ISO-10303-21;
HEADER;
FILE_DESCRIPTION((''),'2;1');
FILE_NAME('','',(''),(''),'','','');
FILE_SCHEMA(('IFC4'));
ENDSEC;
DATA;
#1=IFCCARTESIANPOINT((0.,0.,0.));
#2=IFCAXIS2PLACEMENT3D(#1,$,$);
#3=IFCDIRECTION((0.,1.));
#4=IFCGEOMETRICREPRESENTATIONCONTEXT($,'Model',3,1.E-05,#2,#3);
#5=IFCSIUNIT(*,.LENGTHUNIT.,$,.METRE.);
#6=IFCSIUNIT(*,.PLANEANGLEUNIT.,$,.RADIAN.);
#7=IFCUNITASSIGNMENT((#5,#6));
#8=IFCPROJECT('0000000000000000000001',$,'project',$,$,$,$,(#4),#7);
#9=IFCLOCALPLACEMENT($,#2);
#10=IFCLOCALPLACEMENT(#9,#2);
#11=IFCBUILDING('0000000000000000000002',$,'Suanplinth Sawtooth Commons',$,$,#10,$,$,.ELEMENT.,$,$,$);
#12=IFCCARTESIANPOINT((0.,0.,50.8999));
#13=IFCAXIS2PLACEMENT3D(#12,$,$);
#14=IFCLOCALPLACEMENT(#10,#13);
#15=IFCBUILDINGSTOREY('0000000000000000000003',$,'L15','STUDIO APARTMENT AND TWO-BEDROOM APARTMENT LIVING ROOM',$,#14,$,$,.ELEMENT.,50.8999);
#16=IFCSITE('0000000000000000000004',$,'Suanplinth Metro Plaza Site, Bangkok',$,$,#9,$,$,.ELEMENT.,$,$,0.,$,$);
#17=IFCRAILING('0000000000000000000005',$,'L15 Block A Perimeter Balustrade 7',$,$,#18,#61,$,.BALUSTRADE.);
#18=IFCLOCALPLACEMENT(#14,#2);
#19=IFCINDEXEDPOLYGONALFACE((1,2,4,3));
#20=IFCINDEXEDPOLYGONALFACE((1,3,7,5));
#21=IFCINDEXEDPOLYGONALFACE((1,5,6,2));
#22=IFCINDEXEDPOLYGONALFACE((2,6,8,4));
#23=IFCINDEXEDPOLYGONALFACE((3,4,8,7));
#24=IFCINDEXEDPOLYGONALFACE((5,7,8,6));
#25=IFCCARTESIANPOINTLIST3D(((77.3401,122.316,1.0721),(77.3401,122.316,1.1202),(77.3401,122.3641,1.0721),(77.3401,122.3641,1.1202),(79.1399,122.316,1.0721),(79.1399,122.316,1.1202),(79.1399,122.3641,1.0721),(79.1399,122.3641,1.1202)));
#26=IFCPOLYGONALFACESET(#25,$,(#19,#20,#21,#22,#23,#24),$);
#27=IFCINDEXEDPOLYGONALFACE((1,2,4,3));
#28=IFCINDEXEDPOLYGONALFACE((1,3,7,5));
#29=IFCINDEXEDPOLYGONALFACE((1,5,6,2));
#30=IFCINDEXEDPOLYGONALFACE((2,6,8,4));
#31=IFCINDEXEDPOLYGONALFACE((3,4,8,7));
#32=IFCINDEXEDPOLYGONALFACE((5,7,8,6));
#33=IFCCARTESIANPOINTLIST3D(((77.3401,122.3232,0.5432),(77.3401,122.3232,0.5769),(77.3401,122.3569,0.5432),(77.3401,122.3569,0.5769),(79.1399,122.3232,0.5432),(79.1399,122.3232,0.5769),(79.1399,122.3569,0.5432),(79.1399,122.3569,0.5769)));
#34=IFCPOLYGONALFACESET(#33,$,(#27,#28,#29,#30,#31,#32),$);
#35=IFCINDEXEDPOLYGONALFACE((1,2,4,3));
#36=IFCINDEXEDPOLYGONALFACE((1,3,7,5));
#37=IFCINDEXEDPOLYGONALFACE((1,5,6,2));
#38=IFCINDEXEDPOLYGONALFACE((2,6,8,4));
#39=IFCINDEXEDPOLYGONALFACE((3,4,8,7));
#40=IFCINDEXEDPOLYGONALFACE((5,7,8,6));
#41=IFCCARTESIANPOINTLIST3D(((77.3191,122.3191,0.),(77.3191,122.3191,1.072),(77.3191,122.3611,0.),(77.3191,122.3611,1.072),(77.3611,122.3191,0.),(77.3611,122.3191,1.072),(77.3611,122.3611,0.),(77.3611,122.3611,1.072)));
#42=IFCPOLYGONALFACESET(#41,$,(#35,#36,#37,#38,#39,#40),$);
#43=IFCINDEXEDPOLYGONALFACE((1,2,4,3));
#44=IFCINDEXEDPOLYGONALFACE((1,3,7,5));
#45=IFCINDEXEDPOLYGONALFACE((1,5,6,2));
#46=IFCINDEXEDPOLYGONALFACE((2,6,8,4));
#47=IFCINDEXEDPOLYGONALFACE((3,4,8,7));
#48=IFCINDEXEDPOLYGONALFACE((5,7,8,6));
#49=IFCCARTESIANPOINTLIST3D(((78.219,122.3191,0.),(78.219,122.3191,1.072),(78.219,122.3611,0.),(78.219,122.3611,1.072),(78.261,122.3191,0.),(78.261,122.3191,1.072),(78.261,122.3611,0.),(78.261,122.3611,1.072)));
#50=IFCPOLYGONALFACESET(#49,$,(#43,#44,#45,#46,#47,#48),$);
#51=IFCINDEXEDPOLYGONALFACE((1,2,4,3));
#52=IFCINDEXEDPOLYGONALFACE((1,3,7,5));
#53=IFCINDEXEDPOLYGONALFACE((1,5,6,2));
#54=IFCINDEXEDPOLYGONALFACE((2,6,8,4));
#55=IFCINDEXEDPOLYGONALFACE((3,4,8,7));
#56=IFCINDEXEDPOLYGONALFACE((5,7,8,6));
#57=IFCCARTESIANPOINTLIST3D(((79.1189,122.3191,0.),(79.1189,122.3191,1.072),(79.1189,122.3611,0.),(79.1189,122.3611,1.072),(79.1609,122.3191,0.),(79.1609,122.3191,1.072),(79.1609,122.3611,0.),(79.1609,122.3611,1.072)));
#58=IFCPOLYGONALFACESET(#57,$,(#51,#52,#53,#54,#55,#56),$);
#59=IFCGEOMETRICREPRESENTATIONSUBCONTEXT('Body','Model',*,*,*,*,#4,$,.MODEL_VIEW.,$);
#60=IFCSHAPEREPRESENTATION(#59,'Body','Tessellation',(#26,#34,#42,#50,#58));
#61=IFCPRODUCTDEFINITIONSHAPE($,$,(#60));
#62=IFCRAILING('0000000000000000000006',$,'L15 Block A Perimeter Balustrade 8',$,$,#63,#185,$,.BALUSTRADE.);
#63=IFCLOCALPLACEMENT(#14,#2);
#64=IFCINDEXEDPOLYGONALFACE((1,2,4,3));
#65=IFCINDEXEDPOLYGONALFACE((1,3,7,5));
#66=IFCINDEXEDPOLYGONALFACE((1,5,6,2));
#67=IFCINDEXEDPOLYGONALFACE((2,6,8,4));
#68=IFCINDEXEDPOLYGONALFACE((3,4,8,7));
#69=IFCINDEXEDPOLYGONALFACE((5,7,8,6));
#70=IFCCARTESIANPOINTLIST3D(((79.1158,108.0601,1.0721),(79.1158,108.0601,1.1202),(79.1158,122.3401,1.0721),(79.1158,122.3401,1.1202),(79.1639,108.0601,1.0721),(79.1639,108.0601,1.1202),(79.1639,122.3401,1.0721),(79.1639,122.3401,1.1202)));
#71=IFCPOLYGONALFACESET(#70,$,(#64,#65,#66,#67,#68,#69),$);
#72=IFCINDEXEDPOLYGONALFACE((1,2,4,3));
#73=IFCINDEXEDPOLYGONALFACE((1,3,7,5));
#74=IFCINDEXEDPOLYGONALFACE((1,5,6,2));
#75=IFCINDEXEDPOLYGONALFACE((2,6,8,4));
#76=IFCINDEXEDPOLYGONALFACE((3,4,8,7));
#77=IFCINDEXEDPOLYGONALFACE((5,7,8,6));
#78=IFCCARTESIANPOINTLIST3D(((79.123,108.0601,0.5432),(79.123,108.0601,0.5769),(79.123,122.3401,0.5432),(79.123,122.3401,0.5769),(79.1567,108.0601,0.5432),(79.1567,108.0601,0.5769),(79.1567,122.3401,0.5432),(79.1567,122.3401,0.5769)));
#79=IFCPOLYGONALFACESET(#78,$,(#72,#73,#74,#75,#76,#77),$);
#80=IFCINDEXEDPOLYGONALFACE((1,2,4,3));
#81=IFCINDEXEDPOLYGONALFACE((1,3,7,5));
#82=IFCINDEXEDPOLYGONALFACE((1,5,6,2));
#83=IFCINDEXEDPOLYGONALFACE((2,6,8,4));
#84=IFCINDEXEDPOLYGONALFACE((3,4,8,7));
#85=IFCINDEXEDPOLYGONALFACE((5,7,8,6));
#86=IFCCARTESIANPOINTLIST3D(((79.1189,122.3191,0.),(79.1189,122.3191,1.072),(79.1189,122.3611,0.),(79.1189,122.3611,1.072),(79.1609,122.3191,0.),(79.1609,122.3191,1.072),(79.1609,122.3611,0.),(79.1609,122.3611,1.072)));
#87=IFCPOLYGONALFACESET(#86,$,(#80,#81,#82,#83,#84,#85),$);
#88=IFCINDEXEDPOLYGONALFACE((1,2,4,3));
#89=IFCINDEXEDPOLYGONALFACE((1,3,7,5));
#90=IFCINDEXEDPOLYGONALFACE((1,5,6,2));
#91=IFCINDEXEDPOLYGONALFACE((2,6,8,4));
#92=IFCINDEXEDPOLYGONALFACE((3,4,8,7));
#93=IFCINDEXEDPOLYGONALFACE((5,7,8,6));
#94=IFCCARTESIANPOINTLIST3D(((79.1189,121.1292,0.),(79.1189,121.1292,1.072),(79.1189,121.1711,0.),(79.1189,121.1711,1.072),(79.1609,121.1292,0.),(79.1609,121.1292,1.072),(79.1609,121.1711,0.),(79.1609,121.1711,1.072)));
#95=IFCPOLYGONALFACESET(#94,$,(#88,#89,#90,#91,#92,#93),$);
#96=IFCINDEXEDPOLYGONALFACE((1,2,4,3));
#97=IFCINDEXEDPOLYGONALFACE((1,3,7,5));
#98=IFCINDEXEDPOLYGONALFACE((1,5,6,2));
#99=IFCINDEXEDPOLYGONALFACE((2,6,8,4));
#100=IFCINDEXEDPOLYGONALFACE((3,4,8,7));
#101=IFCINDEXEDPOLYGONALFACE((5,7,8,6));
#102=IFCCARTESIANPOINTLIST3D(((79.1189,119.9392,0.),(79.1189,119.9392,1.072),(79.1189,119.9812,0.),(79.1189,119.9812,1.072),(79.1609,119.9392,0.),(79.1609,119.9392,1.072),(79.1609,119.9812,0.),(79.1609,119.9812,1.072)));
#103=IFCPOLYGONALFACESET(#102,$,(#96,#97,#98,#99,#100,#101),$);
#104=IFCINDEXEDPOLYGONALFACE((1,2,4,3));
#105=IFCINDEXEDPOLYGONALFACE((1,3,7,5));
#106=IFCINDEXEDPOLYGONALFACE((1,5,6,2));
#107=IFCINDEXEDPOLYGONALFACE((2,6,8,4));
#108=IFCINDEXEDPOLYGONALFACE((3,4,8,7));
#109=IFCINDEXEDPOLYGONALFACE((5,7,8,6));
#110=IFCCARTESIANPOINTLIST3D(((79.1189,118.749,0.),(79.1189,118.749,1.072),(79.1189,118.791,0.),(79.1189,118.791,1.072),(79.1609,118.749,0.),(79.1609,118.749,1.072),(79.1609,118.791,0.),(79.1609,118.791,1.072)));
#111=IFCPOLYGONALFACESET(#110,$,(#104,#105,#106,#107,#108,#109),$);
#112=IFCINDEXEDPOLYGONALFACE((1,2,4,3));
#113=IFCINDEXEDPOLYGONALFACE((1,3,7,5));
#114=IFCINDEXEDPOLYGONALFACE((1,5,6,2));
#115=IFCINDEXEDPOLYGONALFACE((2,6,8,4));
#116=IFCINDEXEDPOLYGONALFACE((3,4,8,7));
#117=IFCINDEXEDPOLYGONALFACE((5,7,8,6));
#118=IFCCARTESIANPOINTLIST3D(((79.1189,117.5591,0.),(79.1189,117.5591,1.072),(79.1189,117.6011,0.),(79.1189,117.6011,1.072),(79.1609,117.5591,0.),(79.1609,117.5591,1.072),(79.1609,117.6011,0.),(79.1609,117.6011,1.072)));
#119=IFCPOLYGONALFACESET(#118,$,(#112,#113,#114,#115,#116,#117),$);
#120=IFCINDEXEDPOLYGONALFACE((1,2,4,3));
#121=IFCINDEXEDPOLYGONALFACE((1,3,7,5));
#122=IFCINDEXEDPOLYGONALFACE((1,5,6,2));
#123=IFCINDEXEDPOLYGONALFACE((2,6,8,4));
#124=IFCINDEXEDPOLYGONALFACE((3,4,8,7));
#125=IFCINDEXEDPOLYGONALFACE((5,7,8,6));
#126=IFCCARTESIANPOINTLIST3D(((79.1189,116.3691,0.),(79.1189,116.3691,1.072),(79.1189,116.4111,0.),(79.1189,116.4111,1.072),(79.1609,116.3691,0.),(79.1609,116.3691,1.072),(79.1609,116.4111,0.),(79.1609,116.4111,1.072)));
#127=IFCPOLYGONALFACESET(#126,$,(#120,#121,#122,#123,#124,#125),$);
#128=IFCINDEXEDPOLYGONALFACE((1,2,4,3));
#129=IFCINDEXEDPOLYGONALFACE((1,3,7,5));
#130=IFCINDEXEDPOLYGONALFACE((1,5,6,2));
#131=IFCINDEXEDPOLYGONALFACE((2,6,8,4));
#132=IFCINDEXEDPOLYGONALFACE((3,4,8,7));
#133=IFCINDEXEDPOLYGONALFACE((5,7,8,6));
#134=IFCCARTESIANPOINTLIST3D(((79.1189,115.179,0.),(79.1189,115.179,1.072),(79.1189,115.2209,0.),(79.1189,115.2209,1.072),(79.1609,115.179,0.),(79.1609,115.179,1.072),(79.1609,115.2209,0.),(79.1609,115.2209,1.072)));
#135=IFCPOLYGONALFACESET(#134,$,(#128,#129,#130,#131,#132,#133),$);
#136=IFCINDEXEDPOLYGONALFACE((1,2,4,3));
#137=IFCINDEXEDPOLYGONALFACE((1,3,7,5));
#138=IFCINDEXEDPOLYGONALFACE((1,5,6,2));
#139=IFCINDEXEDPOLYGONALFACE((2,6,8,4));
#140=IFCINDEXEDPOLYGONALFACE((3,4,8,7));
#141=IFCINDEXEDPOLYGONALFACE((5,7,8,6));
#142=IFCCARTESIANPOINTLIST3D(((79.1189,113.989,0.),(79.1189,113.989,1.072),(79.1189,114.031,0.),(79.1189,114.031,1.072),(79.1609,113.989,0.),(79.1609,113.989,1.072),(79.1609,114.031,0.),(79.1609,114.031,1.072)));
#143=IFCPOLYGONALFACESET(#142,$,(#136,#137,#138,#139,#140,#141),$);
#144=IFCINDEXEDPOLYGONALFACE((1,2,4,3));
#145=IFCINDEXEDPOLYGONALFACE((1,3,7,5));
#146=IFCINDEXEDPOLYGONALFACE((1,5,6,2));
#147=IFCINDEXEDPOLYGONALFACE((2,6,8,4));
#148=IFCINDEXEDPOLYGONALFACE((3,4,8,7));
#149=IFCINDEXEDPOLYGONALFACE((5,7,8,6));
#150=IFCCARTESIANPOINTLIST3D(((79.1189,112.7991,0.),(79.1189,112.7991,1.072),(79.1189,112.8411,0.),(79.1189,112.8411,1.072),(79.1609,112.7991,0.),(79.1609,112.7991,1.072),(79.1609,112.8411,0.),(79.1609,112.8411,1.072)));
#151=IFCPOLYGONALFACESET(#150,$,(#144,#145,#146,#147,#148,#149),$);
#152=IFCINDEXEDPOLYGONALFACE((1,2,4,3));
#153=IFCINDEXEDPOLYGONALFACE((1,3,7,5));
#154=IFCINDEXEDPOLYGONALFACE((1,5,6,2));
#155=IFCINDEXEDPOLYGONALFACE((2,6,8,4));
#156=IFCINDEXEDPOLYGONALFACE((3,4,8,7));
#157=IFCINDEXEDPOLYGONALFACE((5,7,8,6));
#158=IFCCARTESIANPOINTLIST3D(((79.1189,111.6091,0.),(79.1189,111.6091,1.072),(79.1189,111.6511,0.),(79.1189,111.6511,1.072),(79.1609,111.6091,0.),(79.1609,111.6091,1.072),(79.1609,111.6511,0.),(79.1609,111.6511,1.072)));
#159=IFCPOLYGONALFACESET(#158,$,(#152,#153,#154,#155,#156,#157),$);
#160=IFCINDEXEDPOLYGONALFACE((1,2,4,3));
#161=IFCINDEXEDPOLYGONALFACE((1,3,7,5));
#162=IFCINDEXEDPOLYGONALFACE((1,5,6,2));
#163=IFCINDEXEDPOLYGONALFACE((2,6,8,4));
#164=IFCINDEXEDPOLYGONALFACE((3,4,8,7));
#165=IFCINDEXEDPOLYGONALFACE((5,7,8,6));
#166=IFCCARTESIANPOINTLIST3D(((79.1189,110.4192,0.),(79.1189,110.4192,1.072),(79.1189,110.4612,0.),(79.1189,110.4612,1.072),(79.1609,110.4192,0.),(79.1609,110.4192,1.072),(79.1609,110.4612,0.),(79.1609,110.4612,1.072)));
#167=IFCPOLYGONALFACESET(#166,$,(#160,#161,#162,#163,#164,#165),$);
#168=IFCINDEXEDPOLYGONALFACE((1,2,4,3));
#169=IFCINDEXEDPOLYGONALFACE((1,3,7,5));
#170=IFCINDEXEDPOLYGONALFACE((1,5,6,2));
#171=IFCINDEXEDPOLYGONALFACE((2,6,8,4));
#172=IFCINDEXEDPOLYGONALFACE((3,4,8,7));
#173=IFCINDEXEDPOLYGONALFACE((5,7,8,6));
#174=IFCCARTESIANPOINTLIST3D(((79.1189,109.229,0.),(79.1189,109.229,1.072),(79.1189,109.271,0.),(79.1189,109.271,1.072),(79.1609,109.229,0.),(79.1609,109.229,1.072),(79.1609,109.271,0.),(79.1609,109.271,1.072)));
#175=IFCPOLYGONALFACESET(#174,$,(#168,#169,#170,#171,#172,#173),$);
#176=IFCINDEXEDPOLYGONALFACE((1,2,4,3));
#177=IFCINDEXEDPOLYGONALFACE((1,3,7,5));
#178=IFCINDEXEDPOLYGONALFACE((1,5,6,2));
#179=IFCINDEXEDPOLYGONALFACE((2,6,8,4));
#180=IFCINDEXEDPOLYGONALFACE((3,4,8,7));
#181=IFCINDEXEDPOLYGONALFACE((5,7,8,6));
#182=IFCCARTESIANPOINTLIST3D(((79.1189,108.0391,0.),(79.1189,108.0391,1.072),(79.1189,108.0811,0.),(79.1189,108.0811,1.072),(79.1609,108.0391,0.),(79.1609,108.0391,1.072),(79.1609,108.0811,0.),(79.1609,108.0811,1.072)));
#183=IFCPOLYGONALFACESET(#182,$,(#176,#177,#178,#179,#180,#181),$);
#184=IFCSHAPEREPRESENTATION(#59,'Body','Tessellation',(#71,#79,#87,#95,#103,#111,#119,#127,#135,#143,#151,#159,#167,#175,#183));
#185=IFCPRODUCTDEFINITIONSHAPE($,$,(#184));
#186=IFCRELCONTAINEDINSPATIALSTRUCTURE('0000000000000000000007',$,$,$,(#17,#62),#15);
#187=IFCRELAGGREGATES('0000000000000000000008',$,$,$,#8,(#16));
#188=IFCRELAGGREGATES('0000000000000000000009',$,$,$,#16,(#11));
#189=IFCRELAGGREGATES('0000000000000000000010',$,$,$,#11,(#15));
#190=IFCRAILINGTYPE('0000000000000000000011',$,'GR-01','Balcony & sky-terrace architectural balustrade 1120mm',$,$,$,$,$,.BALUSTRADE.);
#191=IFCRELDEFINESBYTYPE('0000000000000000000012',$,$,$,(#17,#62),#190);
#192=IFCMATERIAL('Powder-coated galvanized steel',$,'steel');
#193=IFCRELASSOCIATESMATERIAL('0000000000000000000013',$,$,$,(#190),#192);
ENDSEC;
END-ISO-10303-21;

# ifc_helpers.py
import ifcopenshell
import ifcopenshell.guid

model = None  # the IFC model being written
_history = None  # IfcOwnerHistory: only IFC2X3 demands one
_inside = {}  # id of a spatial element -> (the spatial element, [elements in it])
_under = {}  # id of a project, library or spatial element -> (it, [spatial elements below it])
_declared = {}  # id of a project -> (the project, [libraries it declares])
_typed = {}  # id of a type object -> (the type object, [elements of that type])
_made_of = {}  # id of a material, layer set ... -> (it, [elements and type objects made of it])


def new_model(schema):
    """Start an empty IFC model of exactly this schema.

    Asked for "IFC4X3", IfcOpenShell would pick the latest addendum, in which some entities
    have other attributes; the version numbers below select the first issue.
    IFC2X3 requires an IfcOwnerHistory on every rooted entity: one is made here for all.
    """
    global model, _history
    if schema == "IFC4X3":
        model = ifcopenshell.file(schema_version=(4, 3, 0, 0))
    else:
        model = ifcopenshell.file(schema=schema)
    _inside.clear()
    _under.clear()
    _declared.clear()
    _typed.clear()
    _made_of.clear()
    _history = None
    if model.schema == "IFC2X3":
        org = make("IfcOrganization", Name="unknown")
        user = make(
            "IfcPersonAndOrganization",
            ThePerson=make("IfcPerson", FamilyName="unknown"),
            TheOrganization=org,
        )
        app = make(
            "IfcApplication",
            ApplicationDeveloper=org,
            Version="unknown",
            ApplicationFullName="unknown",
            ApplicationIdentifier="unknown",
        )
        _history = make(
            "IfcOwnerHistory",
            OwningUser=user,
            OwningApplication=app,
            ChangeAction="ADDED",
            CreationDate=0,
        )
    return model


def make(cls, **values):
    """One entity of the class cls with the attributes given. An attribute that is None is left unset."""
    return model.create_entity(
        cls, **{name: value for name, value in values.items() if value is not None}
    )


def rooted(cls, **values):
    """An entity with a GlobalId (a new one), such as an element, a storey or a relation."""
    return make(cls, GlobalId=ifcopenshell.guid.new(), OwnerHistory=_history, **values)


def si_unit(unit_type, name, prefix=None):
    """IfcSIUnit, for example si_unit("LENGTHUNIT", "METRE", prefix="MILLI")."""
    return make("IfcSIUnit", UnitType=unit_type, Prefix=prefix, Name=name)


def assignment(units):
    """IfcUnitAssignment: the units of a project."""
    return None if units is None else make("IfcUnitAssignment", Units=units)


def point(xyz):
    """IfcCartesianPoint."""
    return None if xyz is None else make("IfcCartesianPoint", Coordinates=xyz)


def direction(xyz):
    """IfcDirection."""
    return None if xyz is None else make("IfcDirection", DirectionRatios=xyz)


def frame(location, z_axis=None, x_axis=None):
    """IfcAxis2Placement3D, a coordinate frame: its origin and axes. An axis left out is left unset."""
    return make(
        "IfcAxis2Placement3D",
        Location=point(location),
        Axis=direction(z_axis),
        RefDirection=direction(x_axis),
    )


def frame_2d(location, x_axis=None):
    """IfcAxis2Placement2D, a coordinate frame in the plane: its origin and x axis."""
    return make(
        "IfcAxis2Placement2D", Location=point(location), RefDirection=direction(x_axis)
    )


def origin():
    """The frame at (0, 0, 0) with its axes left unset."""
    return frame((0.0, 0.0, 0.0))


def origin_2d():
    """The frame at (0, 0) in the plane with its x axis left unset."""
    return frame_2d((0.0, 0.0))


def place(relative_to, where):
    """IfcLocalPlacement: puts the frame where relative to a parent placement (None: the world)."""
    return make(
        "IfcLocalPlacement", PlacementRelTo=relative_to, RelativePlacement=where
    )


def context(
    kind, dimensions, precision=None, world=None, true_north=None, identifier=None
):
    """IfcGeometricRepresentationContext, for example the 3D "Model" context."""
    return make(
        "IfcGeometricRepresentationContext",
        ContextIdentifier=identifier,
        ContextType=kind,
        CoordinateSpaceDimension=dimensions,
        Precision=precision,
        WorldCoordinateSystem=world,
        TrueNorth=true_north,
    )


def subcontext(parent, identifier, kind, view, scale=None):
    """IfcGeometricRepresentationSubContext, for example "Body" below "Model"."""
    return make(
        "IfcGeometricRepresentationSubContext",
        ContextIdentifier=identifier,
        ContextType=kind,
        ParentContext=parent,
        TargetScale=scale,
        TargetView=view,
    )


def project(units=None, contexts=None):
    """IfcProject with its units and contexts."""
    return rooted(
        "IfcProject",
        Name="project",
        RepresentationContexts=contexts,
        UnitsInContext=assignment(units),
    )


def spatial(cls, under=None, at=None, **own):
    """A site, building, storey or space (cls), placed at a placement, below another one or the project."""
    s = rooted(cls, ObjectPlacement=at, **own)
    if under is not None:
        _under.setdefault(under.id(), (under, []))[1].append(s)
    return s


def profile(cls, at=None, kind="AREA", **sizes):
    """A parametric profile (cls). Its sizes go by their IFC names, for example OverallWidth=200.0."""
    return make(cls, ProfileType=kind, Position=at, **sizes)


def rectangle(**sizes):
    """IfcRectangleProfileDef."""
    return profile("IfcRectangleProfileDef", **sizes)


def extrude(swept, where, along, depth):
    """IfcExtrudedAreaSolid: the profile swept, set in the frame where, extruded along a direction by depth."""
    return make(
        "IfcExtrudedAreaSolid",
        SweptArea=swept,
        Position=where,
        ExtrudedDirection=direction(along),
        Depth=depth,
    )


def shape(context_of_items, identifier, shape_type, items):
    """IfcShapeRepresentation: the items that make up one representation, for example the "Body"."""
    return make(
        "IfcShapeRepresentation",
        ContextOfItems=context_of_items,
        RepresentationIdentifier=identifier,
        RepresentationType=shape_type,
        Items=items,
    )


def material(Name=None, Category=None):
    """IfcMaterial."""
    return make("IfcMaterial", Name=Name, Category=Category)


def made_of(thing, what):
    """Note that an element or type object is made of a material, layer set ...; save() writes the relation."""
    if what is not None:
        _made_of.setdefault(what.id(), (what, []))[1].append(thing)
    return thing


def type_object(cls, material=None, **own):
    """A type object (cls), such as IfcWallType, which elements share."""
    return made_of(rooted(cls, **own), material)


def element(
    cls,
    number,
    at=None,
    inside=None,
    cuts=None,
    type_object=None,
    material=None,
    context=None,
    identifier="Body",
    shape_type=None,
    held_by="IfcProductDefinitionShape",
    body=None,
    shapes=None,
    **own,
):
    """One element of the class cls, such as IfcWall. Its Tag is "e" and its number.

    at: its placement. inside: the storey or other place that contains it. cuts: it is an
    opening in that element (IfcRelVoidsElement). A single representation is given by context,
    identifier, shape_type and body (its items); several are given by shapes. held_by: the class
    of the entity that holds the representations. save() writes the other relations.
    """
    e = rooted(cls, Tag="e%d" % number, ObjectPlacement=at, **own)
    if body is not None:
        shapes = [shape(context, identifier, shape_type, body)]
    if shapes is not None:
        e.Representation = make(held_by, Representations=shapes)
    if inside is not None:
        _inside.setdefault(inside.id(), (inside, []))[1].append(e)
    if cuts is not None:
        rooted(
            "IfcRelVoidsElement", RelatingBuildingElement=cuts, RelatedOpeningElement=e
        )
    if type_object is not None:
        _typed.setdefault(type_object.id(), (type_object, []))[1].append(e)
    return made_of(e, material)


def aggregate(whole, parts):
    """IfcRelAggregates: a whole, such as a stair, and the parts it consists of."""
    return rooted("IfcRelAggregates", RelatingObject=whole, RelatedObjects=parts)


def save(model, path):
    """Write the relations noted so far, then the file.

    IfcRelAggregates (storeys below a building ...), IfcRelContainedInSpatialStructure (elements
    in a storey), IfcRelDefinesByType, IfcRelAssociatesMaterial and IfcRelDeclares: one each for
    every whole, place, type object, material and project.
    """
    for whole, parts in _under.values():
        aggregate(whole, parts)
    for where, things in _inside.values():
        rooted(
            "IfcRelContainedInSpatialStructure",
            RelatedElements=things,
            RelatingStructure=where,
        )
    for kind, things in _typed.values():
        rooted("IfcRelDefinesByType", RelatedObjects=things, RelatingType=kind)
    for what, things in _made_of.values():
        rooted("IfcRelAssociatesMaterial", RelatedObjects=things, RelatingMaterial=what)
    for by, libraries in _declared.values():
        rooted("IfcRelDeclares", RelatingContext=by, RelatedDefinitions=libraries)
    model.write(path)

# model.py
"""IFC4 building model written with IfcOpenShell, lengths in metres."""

from ifc_helpers import new_model, si_unit, direction, frame, origin, origin_2d, place, context, subcontext, project, spatial, rectangle, extrude, material, type_object, element, save


model = new_model("IFC4")

# Units and contexts
model_context = context("Model", 3, precision=1e-05, world=origin(), true_north=direction((0.0, 1.0)))
body_context = subcontext(model_context, "Body", "Model", "MODEL_VIEW")
ifc_project = project(units=[si_unit("LENGTHUNIT", "METRE"), si_unit("PLANEANGLEUNIT", "RADIAN")], contexts=[model_context])

# Site, building, storey
site_placement = place(None, origin())
site = spatial("IfcSite", under=ifc_project, at=site_placement, Name="Suanplinth Metro Plaza Site, Bangkok", CompositionType="ELEMENT", RefElevation=0.0)
building_placement = place(site_placement, origin())
building = spatial("IfcBuilding", under=site, at=building_placement, Name="Suanplinth Sawtooth Commons", CompositionType="ELEMENT")
storey_placement = place(building_placement, frame((0.0, 0.0, 50.8999)))
storey = spatial("IfcBuildingStorey", under=building, at=storey_placement, Name="L15", Description="STUDIO APARTMENT AND TWO-BEDROOM APARTMENT LIVING ROOM", CompositionType="ELEMENT", Elevation=50.8999)

# Railings
ifc_material_1 = material(Name="Powder-coated galvanized steel", Category="steel")
railing_type = type_object("IfcRailingType", Name="GR-01", Description="Balcony & sky-terrace architectural balustrade 1120mm", PredefinedType="BALUSTRADE", material=ifc_material_1)
railing_1_placement = place(storey_placement, frame((77.3401, 122.3401, 0.0)))
element("IfcRailing", 1, at=railing_1_placement, inside=storey, type_object=railing_type, Name="L15 Block A Perimeter Balustrade 7", PredefinedType="BALUSTRADE", context=body_context, shape_type="SweptSolid", body=[
    extrude(rectangle(XDim=0.0481, YDim=0.0481, at=origin_2d()), frame((0.0, 0.0, 1.0962), z_axis=(1.0, 0.0, 0.0), x_axis=(0.0, 1.0, 0.0)), (0.0, 0.0, 1.0), 1.7998),
    extrude(rectangle(XDim=0.0337, YDim=0.0337, at=origin_2d()), frame((0.0, 0.0, 0.5601), z_axis=(1.0, 0.0, 0.0), x_axis=(0.0, 1.0, 0.0)), (0.0, 0.0, 1.0), 1.7998),
    extrude(rectangle(XDim=0.042, YDim=0.042, at=origin_2d()), origin(), (0.0, 0.0, 1.0), 1.072),
    extrude(rectangle(XDim=0.042, YDim=0.042, at=origin_2d()), frame((0.8999, 0.0, 0.0)), (0.0, 0.0, 1.0), 1.072),
    extrude(rectangle(XDim=0.042, YDim=0.042, at=origin_2d()), frame((1.7998, 0.0, 0.0)), (0.0, 0.0, 1.0), 1.072),
])
railing_2_placement = place(storey_placement, frame((79.1399, 122.3401, 0.0)))
element("IfcRailing", 2, at=railing_2_placement, inside=storey, type_object=railing_type, Name="L15 Block A Perimeter Balustrade 8", PredefinedType="BALUSTRADE", context=body_context, shape_type="SweptSolid", body=[
    extrude(rectangle(XDim=0.0481, YDim=0.0481, at=origin_2d()), frame((0.0, 0.0, 1.0962), z_axis=(0.0, -1.0, 0.0), x_axis=(1.0, 0.0, 0.0)), (0.0, 0.0, 1.0), 14.28),
    extrude(rectangle(XDim=0.0337, YDim=0.0337, at=origin_2d()), frame((0.0, 0.0, 0.5601), z_axis=(0.0, -1.0, 0.0), x_axis=(1.0, 0.0, 0.0)), (0.0, 0.0, 1.0), 14.28),
    extrude(rectangle(XDim=0.042, YDim=0.042, at=origin_2d()), origin(), (0.0, 0.0, 1.0), 1.072),
    extrude(rectangle(XDim=0.042, YDim=0.042, at=origin_2d()), frame((0.0, -1.1899, 0.0)), (0.0, 0.0, 1.0), 1.072),
    extrude(rectangle(XDim=0.042, YDim=0.042, at=origin_2d()), frame((0.0, -2.3799, 0.0)), (0.0, 0.0, 1.0), 1.072),
    extrude(rectangle(XDim=0.042, YDim=0.042, at=origin_2d()), frame((0.0, -3.5701, 0.0)), (0.0, 0.0, 1.0), 1.072),
    extrude(rectangle(XDim=0.042, YDim=0.042, at=origin_2d()), frame((0.0, -4.76, 0.0)), (0.0, 0.0, 1.0), 1.072),
    extrude(rectangle(XDim=0.042, YDim=0.042, at=origin_2d()), frame((0.0, -5.95, 0.0)), (0.0, 0.0, 1.0), 1.072),
    extrude(rectangle(XDim=0.042, YDim=0.042, at=origin_2d()), frame((0.0, -7.1401, 0.0)), (0.0, 0.0, 1.0), 1.072),
    extrude(rectangle(XDim=0.042, YDim=0.042, at=origin_2d()), frame((0.0, -8.3301, 0.0)), (0.0, 0.0, 1.0), 1.072),
    extrude(rectangle(XDim=0.042, YDim=0.042, at=origin_2d()), frame((0.0, -9.52, 0.0)), (0.0, 0.0, 1.0), 1.072),
    extrude(rectangle(XDim=0.042, YDim=0.042, at=origin_2d()), frame((0.0, -10.71, 0.0)), (0.0, 0.0, 1.0), 1.072),
    extrude(rectangle(XDim=0.042, YDim=0.042, at=origin_2d()), frame((0.0, -11.8999, 0.0)), (0.0, 0.0, 1.0), 1.072),
    extrude(rectangle(XDim=0.042, YDim=0.042, at=origin_2d()), frame((0.0, -13.0901, 0.0)), (0.0, 0.0, 1.0), 1.072),
    extrude(rectangle(XDim=0.042, YDim=0.042, at=origin_2d()), frame((0.0, -14.28, 0.0)), (0.0, 0.0, 1.0), 1.072),
])

save(model, "model.ifc")
